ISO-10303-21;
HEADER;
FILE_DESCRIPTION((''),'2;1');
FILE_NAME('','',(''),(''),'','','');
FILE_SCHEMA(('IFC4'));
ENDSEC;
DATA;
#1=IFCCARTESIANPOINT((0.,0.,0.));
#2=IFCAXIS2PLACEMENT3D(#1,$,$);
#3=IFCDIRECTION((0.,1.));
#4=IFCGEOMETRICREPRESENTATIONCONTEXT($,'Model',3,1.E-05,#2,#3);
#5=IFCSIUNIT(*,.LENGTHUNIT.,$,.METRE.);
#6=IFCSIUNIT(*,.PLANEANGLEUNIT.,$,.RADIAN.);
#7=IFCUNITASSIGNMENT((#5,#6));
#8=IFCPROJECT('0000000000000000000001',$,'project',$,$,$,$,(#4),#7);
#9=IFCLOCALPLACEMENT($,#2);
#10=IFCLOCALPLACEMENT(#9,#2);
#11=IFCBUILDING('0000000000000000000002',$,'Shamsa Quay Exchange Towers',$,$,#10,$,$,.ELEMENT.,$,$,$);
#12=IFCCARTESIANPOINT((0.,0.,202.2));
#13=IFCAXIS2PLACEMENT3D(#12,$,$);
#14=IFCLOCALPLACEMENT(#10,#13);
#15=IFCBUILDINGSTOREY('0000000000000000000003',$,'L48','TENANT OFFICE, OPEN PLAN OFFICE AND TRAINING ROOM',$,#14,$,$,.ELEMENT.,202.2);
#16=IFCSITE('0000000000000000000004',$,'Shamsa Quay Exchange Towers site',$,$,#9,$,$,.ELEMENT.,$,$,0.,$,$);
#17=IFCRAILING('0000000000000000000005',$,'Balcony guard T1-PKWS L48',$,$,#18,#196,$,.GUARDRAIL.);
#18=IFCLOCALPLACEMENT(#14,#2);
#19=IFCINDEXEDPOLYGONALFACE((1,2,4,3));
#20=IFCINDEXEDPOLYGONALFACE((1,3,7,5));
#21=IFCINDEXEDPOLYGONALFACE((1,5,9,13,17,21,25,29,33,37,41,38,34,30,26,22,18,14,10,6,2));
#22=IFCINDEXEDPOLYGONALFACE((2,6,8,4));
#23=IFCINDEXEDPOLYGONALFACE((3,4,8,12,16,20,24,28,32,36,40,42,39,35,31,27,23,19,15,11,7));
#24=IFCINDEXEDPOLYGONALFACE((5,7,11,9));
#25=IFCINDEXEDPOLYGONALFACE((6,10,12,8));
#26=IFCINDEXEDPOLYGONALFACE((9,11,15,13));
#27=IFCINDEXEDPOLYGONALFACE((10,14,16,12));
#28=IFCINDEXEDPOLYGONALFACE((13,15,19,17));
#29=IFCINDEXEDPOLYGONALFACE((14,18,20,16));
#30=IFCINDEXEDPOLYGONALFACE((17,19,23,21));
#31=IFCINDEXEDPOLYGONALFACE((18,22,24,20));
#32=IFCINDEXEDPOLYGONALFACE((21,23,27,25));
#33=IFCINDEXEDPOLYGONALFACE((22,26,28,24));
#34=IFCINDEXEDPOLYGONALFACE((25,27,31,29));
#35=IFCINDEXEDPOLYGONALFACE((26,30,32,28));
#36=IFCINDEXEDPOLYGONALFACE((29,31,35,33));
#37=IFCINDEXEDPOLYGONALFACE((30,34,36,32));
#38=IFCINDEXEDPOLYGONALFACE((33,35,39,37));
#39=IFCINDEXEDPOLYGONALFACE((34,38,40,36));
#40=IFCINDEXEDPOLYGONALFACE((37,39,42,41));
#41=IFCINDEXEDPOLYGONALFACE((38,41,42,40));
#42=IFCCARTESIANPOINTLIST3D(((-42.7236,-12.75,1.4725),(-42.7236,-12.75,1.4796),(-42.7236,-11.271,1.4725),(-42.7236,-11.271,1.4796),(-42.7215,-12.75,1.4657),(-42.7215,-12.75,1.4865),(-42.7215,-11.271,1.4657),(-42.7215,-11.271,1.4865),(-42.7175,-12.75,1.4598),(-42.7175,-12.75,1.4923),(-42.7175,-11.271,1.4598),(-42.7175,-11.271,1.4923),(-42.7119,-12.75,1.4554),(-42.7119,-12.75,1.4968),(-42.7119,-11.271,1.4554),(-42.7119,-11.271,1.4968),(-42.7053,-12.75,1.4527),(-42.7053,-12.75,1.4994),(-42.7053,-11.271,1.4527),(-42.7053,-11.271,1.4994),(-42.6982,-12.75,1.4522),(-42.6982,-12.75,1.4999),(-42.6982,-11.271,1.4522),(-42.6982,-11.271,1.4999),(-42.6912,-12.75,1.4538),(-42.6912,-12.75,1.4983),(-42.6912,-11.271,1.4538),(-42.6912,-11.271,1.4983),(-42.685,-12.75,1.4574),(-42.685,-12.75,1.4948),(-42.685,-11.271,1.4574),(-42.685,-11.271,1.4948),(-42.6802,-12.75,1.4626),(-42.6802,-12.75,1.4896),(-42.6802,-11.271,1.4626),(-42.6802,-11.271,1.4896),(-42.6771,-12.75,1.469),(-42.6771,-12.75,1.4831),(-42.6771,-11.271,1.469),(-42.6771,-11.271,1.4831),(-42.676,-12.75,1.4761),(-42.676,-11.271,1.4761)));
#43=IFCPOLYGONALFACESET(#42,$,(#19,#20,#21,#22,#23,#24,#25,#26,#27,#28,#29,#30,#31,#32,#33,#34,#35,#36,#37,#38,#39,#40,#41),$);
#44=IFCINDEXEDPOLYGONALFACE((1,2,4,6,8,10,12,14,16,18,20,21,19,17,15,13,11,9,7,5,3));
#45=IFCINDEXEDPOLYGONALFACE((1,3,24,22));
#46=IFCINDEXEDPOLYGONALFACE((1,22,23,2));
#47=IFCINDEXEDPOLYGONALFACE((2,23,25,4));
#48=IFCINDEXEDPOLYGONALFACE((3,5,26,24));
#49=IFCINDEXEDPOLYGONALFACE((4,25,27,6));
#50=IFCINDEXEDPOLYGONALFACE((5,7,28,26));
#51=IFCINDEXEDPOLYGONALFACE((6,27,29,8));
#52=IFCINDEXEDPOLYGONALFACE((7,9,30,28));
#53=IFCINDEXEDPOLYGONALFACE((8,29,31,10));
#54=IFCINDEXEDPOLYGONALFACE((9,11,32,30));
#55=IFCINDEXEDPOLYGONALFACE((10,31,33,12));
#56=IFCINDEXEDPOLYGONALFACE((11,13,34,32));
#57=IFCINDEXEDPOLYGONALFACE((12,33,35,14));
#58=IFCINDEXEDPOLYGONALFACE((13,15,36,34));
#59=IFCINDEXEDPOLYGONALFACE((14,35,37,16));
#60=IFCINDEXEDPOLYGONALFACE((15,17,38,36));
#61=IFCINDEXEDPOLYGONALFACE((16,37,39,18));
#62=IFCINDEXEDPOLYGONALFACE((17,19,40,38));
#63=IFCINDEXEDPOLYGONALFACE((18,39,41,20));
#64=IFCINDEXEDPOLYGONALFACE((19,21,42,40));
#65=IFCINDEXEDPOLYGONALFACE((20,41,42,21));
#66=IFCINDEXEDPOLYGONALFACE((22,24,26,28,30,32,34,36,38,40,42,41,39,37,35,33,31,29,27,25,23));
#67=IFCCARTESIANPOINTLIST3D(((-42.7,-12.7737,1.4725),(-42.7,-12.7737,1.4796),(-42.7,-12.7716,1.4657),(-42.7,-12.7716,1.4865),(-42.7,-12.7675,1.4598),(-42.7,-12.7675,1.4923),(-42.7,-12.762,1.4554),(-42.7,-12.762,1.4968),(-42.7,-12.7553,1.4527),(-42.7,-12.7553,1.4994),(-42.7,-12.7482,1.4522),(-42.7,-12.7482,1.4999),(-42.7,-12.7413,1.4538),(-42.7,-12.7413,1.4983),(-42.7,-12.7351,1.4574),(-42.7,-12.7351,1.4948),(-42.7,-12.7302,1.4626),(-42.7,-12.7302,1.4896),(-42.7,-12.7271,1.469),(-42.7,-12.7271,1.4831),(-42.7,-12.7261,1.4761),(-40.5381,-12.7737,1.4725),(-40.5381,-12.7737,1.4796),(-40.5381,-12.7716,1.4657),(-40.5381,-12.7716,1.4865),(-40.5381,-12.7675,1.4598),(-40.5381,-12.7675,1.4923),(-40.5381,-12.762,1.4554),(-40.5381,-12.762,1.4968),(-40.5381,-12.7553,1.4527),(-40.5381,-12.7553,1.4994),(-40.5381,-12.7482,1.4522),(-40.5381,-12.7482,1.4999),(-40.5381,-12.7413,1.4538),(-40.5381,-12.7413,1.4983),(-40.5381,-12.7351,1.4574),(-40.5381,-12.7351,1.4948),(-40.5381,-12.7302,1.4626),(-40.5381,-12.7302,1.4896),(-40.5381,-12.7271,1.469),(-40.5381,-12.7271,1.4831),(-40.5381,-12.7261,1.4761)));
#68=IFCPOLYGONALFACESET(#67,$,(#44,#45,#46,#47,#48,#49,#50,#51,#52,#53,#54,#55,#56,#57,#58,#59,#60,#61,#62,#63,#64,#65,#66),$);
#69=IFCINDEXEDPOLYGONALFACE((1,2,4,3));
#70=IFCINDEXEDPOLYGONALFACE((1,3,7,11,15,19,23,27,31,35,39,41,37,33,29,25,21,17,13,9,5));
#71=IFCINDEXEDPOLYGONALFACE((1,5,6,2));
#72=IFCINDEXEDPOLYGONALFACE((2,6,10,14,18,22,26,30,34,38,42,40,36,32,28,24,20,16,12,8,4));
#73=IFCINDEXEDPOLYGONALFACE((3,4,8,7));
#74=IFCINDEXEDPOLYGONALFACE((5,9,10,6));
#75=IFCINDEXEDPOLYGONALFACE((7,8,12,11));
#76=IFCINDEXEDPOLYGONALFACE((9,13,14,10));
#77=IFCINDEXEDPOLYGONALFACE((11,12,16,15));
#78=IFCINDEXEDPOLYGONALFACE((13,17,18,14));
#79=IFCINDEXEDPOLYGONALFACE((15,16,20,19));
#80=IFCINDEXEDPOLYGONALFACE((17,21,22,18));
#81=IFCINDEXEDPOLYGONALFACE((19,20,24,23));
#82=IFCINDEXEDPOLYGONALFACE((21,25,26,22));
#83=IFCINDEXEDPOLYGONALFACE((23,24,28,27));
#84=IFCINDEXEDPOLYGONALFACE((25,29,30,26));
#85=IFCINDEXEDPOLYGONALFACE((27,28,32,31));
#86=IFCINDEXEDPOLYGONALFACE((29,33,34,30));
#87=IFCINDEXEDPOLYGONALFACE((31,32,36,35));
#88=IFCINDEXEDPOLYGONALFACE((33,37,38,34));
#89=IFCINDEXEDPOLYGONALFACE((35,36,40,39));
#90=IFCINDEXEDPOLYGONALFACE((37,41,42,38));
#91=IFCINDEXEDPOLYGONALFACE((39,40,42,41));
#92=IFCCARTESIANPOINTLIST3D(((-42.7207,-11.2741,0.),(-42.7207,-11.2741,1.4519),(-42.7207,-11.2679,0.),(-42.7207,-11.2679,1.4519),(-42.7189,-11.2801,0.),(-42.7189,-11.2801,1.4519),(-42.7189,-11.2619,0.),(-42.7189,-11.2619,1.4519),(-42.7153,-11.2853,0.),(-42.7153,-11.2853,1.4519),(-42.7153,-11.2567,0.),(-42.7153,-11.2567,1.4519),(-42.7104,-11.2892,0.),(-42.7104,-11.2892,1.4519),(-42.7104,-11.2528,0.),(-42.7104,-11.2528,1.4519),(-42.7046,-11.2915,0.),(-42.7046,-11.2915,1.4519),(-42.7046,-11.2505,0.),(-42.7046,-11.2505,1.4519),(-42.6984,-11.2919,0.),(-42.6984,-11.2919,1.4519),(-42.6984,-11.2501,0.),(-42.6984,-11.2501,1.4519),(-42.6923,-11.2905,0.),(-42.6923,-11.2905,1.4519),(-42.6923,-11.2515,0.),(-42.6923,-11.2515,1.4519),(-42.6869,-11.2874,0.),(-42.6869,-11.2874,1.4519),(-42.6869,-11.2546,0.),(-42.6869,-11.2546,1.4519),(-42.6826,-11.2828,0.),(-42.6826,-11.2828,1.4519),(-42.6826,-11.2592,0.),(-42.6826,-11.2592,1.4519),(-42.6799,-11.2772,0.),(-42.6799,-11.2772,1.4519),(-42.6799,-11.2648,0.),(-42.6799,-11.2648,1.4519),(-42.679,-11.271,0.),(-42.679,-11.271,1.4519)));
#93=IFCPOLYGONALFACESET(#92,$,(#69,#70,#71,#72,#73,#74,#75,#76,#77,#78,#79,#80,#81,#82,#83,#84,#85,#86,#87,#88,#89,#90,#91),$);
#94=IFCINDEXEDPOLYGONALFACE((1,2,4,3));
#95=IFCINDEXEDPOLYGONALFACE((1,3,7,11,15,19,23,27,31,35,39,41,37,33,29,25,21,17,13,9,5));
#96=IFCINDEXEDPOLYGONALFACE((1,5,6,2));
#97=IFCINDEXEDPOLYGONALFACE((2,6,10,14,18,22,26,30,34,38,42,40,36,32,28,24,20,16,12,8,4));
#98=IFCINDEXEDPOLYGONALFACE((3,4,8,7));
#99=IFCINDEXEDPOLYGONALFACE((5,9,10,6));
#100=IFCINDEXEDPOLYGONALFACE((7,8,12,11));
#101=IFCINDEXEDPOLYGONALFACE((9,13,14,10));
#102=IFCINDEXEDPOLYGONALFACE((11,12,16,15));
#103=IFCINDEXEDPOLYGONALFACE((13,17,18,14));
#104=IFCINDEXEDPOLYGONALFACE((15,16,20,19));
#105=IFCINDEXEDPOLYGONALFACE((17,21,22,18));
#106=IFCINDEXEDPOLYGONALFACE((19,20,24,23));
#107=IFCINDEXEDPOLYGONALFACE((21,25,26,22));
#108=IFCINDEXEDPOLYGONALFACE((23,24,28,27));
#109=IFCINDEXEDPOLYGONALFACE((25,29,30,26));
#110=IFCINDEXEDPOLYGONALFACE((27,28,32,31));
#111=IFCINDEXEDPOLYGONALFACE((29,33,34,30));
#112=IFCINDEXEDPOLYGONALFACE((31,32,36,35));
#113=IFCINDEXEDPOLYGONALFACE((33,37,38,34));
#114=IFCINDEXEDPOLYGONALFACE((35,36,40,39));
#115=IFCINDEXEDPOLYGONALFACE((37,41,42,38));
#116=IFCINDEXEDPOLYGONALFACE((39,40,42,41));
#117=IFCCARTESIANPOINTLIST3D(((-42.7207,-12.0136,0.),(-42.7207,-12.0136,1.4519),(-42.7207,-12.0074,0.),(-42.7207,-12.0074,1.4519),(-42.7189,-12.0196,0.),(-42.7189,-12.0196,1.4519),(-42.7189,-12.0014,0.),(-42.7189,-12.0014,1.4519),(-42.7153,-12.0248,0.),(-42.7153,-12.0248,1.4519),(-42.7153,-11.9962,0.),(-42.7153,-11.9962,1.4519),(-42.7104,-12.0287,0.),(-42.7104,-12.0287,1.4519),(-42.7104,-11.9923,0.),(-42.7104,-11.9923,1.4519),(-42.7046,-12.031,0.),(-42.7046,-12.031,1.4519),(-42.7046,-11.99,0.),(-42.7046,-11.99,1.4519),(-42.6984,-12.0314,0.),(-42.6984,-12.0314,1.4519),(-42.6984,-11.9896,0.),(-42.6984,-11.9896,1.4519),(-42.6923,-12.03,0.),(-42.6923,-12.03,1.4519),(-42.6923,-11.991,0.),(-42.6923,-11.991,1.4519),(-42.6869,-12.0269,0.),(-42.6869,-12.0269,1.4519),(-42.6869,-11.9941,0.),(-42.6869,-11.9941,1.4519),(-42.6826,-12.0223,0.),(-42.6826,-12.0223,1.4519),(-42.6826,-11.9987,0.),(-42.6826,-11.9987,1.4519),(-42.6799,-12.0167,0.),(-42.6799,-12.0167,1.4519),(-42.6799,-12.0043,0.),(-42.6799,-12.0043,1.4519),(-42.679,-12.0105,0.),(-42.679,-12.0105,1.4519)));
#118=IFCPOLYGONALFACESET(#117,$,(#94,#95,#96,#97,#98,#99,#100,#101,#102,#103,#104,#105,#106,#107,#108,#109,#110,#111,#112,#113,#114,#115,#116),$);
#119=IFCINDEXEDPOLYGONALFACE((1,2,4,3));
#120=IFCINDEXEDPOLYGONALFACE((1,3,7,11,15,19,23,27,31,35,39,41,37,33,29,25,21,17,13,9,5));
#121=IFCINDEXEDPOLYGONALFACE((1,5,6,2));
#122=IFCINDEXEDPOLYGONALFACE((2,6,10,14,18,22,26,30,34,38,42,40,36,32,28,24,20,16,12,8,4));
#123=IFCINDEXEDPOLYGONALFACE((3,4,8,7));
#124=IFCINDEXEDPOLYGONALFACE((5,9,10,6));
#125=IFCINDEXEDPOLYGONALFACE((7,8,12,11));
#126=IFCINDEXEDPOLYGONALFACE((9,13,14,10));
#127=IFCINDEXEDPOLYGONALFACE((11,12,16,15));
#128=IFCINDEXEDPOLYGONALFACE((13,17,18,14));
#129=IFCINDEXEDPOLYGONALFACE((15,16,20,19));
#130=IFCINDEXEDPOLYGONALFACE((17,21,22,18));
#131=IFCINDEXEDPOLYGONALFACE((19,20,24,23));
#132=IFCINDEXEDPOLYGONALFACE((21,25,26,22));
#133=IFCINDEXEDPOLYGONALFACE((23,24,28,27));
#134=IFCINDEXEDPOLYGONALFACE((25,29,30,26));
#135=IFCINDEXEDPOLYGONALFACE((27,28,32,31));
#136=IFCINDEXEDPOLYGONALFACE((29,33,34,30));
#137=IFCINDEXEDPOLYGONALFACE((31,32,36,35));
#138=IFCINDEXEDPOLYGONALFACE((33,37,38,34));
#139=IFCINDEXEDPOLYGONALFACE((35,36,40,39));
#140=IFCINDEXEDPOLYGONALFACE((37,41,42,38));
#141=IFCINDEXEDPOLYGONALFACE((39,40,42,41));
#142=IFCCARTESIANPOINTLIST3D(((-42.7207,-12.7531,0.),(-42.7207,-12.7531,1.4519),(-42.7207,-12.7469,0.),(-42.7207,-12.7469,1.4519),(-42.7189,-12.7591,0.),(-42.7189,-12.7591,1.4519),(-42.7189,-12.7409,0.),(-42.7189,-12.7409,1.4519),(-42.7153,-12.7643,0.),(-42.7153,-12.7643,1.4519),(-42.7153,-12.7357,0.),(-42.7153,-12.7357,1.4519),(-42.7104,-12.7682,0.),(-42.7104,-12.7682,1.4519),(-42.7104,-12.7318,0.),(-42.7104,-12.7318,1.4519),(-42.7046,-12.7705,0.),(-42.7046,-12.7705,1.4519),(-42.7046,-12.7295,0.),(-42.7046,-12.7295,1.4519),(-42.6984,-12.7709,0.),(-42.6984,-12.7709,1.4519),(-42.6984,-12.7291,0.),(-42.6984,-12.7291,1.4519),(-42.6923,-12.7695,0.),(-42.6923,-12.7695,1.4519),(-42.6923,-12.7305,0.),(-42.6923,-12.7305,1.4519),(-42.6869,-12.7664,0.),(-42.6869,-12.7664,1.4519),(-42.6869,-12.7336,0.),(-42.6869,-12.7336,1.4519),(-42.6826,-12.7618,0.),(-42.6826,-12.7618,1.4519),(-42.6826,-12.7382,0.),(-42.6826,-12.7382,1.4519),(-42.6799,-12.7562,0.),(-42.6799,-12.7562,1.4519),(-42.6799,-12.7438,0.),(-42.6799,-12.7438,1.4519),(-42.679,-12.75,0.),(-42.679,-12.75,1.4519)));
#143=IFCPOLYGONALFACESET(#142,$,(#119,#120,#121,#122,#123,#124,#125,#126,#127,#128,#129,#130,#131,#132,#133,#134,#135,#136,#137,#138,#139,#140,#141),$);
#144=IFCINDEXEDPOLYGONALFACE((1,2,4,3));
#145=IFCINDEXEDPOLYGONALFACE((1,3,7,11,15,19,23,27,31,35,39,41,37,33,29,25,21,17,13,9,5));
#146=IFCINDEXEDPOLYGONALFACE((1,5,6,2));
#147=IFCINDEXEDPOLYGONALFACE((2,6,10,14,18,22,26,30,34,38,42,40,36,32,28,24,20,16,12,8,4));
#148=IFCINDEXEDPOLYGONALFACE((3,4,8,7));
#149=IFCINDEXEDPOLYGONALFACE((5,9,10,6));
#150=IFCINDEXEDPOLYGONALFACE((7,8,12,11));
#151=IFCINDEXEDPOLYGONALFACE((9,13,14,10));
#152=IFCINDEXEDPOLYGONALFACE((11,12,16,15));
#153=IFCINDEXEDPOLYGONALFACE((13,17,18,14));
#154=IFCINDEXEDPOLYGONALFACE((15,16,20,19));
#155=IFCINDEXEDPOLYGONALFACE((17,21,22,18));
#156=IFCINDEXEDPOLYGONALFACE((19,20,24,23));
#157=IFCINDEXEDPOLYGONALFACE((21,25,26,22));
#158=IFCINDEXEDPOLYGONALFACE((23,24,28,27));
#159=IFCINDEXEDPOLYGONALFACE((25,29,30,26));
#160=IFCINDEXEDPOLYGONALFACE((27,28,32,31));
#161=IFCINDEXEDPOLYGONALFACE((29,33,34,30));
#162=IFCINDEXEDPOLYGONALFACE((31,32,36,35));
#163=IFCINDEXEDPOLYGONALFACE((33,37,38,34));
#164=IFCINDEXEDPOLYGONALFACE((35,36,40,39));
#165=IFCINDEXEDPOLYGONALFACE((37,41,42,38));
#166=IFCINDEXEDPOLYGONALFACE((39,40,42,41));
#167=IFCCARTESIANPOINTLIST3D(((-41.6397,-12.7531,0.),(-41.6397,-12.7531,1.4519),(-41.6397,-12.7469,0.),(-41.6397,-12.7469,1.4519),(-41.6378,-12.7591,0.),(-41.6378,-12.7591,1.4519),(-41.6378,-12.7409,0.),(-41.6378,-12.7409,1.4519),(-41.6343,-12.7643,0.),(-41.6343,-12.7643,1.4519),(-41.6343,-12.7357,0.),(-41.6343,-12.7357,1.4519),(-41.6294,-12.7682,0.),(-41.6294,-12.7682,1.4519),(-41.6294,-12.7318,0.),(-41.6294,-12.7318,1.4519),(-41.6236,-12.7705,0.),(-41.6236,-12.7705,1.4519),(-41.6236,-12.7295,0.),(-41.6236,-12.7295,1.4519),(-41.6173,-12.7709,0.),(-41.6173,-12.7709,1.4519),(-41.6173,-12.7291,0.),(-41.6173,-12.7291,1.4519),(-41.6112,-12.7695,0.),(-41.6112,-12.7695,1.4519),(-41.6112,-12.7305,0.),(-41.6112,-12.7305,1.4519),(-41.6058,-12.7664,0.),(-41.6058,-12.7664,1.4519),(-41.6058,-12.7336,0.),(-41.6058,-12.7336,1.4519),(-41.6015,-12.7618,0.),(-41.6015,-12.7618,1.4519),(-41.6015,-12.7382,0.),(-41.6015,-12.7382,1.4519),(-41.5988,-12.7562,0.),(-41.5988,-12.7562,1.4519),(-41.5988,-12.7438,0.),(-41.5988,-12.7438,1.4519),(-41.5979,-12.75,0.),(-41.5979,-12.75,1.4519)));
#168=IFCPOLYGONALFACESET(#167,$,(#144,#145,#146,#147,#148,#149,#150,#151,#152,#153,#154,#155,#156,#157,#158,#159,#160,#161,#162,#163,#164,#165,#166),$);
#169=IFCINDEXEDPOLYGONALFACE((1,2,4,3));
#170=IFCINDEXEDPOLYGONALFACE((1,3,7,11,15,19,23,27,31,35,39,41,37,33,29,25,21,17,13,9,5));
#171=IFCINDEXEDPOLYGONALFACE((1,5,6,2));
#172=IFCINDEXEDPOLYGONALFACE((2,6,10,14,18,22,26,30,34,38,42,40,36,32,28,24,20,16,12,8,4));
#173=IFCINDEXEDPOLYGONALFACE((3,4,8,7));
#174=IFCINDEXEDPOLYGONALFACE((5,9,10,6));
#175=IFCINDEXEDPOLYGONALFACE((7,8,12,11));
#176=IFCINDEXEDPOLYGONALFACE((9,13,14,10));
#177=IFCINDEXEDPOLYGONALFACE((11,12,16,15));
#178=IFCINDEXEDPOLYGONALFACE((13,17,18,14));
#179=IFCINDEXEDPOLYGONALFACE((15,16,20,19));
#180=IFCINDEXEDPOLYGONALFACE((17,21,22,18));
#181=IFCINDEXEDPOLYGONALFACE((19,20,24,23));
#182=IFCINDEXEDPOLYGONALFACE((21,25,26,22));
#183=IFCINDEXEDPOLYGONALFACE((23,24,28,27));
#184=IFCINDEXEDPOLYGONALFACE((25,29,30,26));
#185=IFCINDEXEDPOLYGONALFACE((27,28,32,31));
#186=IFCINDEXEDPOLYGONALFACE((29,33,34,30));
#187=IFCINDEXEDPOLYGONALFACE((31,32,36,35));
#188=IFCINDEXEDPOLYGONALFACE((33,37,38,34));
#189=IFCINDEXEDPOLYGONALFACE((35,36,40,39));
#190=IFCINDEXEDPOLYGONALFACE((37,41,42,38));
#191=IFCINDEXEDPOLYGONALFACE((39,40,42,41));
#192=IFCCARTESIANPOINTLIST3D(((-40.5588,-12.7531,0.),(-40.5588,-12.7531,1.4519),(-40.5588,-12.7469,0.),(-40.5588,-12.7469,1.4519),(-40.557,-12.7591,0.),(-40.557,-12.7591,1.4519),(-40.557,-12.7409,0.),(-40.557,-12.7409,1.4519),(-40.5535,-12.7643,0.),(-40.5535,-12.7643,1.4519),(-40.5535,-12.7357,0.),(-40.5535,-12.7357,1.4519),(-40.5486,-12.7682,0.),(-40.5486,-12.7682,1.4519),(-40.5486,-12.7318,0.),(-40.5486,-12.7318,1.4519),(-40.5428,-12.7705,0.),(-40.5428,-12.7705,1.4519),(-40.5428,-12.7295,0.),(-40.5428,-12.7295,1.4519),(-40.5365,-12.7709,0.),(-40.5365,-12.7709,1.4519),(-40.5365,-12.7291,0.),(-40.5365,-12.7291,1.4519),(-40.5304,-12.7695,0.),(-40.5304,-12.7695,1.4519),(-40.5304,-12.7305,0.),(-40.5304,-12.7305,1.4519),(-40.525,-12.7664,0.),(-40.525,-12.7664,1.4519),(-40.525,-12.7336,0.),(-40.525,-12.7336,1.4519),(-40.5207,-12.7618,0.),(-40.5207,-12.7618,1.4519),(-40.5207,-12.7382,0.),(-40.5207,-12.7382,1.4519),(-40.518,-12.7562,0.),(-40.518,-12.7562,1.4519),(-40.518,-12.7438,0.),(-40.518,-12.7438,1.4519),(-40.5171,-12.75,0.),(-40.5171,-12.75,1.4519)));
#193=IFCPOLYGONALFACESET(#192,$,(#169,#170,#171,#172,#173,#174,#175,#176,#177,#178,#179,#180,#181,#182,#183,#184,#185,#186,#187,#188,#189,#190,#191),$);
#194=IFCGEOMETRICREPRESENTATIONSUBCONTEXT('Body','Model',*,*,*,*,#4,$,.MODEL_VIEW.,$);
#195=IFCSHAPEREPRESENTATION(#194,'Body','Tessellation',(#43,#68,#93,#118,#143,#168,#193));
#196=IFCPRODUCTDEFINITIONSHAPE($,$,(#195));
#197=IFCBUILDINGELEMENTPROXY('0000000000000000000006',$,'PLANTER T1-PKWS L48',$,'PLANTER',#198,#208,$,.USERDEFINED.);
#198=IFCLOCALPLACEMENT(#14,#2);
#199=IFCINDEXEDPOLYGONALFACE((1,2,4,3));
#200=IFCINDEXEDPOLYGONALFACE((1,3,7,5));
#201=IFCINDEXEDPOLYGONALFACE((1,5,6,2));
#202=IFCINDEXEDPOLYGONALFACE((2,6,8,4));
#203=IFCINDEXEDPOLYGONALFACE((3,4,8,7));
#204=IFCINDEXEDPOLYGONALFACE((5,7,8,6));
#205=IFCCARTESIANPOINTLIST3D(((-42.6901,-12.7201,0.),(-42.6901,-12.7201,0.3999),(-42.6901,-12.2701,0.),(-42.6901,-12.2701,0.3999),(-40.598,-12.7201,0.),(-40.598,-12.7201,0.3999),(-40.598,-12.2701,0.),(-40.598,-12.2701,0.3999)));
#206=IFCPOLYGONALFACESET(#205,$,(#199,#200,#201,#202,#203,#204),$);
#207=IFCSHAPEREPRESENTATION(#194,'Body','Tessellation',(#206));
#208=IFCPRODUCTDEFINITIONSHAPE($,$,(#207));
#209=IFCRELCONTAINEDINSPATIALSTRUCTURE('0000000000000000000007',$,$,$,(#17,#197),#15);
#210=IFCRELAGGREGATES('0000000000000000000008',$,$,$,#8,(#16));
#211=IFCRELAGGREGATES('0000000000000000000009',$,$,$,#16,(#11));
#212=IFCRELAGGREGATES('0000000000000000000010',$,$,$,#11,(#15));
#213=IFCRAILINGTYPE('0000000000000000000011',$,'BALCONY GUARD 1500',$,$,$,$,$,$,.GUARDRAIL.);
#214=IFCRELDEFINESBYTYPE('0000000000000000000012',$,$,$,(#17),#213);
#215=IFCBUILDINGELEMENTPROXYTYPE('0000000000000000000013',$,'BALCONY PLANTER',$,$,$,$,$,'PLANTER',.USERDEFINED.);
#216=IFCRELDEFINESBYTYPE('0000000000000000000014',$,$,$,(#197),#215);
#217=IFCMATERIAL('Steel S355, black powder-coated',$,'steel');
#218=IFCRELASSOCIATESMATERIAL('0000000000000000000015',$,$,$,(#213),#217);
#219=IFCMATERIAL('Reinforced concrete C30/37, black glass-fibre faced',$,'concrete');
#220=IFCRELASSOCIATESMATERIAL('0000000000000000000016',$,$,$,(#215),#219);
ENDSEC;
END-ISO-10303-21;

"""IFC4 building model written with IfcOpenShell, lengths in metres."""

from ifc_helpers import new_model, si_unit, direction, frame, origin, origin_2d, place, context, subcontext, project, spatial, rectangle, circle, extrude, material, type_object, element, save


model = new_model("IFC4")

# Units and contexts
model_context = context("Model", 3, precision=1e-05, world=origin(), true_north=direction((0.0, 1.0)))
body_context = subcontext(model_context, "Body", "Model", "MODEL_VIEW")
ifc_project = project(units=[si_unit("LENGTHUNIT", "METRE"), si_unit("PLANEANGLEUNIT", "RADIAN")], contexts=[model_context])

# Site, building, storey
site_placement = place(None, origin())
site = spatial("IfcSite", under=ifc_project, at=site_placement, Name="Shamsa Quay Exchange Towers site", CompositionType="ELEMENT", RefElevation=0.0)
building_placement = place(site_placement, origin())
building = spatial("IfcBuilding", under=site, at=building_placement, Name="Shamsa Quay Exchange Towers", CompositionType="ELEMENT")
storey_placement = place(building_placement, frame((0.0, 0.0, 202.2)))
storey = spatial("IfcBuildingStorey", under=building, at=storey_placement, Name="L48", Description="TENANT OFFICE, OPEN PLAN OFFICE AND TRAINING ROOM", CompositionType="ELEMENT", Elevation=202.2)

# Railing
ifc_material_1 = material(Name="Steel S355, black powder-coated", Category="steel")
railing_type_1 = type_object("IfcRailingType", Name="BALCONY GUARD 1500", PredefinedType="GUARDRAIL", material=ifc_material_1)
railing_1_placement = place(storey_placement, frame((-42.7, -11.271, 0.0)))
element("IfcRailing", 1, at=railing_1_placement, inside=storey, type_object=railing_type_1, Name="Balcony guard T1-PKWS L48", PredefinedType="GUARDRAIL", context=body_context, shape_type="SweptSolid", body=[
    extrude(circle(Radius=0.0239, at=origin_2d()), frame((0.0, 0.0, 1.4761), z_axis=(0.0, -1.0, 0.0), x_axis=(1.0, 0.0, 0.0)), (0.0, 0.0, 1.0), 1.479),
    extrude(circle(Radius=0.0239, at=origin_2d()), frame((0.0, -1.479, 1.4761), z_axis=(1.0, 0.0, 0.0), x_axis=(0.0, 1.0, 0.0)), (0.0, 0.0, 1.0), 2.1619),
    extrude(circle(Radius=0.021, at=origin_2d()), origin(), (0.0, 0.0, 1.0), 1.4519),
    extrude(circle(Radius=0.021, at=origin_2d()), frame((0.0, -0.7395, 0.0)), (0.0, 0.0, 1.0), 1.4519),
    extrude(circle(Radius=0.021, at=origin_2d()), frame((0.0, -1.479, 0.0)), (0.0, 0.0, 1.0), 1.4519),
    extrude(circle(Radius=0.021, at=origin_2d()), frame((1.0811, -1.479, 0.0)), (0.0, 0.0, 1.0), 1.4519),
    extrude(circle(Radius=0.021, at=origin_2d()), frame((2.1619, -1.479, 0.0)), (0.0, 0.0, 1.0), 1.4519),
])

# Building element proxy
ifc_material_2 = material(Name="Reinforced concrete C30/37, black glass-fibre faced", Category="concrete")
building_element_proxy_type = type_object("IfcBuildingElementProxyType", Name="BALCONY PLANTER", ElementType="PLANTER", PredefinedType="USERDEFINED", material=ifc_material_2)
proxy_placement = place(storey_placement, frame((-41.644, -12.4951, 0.0)))
element("IfcBuildingElementProxy", 2, at=proxy_placement, inside=storey, type_object=building_element_proxy_type, Name="PLANTER T1-PKWS L48", ObjectType="PLANTER", PredefinedType="USERDEFINED", context=body_context, shape_type="SweptSolid", body=[
    extrude(rectangle(XDim=2.092, YDim=0.45, at=origin_2d()), origin(), (0.0, 0.0, 1.0), 0.3999),
])

save(model, "model.ifc")
